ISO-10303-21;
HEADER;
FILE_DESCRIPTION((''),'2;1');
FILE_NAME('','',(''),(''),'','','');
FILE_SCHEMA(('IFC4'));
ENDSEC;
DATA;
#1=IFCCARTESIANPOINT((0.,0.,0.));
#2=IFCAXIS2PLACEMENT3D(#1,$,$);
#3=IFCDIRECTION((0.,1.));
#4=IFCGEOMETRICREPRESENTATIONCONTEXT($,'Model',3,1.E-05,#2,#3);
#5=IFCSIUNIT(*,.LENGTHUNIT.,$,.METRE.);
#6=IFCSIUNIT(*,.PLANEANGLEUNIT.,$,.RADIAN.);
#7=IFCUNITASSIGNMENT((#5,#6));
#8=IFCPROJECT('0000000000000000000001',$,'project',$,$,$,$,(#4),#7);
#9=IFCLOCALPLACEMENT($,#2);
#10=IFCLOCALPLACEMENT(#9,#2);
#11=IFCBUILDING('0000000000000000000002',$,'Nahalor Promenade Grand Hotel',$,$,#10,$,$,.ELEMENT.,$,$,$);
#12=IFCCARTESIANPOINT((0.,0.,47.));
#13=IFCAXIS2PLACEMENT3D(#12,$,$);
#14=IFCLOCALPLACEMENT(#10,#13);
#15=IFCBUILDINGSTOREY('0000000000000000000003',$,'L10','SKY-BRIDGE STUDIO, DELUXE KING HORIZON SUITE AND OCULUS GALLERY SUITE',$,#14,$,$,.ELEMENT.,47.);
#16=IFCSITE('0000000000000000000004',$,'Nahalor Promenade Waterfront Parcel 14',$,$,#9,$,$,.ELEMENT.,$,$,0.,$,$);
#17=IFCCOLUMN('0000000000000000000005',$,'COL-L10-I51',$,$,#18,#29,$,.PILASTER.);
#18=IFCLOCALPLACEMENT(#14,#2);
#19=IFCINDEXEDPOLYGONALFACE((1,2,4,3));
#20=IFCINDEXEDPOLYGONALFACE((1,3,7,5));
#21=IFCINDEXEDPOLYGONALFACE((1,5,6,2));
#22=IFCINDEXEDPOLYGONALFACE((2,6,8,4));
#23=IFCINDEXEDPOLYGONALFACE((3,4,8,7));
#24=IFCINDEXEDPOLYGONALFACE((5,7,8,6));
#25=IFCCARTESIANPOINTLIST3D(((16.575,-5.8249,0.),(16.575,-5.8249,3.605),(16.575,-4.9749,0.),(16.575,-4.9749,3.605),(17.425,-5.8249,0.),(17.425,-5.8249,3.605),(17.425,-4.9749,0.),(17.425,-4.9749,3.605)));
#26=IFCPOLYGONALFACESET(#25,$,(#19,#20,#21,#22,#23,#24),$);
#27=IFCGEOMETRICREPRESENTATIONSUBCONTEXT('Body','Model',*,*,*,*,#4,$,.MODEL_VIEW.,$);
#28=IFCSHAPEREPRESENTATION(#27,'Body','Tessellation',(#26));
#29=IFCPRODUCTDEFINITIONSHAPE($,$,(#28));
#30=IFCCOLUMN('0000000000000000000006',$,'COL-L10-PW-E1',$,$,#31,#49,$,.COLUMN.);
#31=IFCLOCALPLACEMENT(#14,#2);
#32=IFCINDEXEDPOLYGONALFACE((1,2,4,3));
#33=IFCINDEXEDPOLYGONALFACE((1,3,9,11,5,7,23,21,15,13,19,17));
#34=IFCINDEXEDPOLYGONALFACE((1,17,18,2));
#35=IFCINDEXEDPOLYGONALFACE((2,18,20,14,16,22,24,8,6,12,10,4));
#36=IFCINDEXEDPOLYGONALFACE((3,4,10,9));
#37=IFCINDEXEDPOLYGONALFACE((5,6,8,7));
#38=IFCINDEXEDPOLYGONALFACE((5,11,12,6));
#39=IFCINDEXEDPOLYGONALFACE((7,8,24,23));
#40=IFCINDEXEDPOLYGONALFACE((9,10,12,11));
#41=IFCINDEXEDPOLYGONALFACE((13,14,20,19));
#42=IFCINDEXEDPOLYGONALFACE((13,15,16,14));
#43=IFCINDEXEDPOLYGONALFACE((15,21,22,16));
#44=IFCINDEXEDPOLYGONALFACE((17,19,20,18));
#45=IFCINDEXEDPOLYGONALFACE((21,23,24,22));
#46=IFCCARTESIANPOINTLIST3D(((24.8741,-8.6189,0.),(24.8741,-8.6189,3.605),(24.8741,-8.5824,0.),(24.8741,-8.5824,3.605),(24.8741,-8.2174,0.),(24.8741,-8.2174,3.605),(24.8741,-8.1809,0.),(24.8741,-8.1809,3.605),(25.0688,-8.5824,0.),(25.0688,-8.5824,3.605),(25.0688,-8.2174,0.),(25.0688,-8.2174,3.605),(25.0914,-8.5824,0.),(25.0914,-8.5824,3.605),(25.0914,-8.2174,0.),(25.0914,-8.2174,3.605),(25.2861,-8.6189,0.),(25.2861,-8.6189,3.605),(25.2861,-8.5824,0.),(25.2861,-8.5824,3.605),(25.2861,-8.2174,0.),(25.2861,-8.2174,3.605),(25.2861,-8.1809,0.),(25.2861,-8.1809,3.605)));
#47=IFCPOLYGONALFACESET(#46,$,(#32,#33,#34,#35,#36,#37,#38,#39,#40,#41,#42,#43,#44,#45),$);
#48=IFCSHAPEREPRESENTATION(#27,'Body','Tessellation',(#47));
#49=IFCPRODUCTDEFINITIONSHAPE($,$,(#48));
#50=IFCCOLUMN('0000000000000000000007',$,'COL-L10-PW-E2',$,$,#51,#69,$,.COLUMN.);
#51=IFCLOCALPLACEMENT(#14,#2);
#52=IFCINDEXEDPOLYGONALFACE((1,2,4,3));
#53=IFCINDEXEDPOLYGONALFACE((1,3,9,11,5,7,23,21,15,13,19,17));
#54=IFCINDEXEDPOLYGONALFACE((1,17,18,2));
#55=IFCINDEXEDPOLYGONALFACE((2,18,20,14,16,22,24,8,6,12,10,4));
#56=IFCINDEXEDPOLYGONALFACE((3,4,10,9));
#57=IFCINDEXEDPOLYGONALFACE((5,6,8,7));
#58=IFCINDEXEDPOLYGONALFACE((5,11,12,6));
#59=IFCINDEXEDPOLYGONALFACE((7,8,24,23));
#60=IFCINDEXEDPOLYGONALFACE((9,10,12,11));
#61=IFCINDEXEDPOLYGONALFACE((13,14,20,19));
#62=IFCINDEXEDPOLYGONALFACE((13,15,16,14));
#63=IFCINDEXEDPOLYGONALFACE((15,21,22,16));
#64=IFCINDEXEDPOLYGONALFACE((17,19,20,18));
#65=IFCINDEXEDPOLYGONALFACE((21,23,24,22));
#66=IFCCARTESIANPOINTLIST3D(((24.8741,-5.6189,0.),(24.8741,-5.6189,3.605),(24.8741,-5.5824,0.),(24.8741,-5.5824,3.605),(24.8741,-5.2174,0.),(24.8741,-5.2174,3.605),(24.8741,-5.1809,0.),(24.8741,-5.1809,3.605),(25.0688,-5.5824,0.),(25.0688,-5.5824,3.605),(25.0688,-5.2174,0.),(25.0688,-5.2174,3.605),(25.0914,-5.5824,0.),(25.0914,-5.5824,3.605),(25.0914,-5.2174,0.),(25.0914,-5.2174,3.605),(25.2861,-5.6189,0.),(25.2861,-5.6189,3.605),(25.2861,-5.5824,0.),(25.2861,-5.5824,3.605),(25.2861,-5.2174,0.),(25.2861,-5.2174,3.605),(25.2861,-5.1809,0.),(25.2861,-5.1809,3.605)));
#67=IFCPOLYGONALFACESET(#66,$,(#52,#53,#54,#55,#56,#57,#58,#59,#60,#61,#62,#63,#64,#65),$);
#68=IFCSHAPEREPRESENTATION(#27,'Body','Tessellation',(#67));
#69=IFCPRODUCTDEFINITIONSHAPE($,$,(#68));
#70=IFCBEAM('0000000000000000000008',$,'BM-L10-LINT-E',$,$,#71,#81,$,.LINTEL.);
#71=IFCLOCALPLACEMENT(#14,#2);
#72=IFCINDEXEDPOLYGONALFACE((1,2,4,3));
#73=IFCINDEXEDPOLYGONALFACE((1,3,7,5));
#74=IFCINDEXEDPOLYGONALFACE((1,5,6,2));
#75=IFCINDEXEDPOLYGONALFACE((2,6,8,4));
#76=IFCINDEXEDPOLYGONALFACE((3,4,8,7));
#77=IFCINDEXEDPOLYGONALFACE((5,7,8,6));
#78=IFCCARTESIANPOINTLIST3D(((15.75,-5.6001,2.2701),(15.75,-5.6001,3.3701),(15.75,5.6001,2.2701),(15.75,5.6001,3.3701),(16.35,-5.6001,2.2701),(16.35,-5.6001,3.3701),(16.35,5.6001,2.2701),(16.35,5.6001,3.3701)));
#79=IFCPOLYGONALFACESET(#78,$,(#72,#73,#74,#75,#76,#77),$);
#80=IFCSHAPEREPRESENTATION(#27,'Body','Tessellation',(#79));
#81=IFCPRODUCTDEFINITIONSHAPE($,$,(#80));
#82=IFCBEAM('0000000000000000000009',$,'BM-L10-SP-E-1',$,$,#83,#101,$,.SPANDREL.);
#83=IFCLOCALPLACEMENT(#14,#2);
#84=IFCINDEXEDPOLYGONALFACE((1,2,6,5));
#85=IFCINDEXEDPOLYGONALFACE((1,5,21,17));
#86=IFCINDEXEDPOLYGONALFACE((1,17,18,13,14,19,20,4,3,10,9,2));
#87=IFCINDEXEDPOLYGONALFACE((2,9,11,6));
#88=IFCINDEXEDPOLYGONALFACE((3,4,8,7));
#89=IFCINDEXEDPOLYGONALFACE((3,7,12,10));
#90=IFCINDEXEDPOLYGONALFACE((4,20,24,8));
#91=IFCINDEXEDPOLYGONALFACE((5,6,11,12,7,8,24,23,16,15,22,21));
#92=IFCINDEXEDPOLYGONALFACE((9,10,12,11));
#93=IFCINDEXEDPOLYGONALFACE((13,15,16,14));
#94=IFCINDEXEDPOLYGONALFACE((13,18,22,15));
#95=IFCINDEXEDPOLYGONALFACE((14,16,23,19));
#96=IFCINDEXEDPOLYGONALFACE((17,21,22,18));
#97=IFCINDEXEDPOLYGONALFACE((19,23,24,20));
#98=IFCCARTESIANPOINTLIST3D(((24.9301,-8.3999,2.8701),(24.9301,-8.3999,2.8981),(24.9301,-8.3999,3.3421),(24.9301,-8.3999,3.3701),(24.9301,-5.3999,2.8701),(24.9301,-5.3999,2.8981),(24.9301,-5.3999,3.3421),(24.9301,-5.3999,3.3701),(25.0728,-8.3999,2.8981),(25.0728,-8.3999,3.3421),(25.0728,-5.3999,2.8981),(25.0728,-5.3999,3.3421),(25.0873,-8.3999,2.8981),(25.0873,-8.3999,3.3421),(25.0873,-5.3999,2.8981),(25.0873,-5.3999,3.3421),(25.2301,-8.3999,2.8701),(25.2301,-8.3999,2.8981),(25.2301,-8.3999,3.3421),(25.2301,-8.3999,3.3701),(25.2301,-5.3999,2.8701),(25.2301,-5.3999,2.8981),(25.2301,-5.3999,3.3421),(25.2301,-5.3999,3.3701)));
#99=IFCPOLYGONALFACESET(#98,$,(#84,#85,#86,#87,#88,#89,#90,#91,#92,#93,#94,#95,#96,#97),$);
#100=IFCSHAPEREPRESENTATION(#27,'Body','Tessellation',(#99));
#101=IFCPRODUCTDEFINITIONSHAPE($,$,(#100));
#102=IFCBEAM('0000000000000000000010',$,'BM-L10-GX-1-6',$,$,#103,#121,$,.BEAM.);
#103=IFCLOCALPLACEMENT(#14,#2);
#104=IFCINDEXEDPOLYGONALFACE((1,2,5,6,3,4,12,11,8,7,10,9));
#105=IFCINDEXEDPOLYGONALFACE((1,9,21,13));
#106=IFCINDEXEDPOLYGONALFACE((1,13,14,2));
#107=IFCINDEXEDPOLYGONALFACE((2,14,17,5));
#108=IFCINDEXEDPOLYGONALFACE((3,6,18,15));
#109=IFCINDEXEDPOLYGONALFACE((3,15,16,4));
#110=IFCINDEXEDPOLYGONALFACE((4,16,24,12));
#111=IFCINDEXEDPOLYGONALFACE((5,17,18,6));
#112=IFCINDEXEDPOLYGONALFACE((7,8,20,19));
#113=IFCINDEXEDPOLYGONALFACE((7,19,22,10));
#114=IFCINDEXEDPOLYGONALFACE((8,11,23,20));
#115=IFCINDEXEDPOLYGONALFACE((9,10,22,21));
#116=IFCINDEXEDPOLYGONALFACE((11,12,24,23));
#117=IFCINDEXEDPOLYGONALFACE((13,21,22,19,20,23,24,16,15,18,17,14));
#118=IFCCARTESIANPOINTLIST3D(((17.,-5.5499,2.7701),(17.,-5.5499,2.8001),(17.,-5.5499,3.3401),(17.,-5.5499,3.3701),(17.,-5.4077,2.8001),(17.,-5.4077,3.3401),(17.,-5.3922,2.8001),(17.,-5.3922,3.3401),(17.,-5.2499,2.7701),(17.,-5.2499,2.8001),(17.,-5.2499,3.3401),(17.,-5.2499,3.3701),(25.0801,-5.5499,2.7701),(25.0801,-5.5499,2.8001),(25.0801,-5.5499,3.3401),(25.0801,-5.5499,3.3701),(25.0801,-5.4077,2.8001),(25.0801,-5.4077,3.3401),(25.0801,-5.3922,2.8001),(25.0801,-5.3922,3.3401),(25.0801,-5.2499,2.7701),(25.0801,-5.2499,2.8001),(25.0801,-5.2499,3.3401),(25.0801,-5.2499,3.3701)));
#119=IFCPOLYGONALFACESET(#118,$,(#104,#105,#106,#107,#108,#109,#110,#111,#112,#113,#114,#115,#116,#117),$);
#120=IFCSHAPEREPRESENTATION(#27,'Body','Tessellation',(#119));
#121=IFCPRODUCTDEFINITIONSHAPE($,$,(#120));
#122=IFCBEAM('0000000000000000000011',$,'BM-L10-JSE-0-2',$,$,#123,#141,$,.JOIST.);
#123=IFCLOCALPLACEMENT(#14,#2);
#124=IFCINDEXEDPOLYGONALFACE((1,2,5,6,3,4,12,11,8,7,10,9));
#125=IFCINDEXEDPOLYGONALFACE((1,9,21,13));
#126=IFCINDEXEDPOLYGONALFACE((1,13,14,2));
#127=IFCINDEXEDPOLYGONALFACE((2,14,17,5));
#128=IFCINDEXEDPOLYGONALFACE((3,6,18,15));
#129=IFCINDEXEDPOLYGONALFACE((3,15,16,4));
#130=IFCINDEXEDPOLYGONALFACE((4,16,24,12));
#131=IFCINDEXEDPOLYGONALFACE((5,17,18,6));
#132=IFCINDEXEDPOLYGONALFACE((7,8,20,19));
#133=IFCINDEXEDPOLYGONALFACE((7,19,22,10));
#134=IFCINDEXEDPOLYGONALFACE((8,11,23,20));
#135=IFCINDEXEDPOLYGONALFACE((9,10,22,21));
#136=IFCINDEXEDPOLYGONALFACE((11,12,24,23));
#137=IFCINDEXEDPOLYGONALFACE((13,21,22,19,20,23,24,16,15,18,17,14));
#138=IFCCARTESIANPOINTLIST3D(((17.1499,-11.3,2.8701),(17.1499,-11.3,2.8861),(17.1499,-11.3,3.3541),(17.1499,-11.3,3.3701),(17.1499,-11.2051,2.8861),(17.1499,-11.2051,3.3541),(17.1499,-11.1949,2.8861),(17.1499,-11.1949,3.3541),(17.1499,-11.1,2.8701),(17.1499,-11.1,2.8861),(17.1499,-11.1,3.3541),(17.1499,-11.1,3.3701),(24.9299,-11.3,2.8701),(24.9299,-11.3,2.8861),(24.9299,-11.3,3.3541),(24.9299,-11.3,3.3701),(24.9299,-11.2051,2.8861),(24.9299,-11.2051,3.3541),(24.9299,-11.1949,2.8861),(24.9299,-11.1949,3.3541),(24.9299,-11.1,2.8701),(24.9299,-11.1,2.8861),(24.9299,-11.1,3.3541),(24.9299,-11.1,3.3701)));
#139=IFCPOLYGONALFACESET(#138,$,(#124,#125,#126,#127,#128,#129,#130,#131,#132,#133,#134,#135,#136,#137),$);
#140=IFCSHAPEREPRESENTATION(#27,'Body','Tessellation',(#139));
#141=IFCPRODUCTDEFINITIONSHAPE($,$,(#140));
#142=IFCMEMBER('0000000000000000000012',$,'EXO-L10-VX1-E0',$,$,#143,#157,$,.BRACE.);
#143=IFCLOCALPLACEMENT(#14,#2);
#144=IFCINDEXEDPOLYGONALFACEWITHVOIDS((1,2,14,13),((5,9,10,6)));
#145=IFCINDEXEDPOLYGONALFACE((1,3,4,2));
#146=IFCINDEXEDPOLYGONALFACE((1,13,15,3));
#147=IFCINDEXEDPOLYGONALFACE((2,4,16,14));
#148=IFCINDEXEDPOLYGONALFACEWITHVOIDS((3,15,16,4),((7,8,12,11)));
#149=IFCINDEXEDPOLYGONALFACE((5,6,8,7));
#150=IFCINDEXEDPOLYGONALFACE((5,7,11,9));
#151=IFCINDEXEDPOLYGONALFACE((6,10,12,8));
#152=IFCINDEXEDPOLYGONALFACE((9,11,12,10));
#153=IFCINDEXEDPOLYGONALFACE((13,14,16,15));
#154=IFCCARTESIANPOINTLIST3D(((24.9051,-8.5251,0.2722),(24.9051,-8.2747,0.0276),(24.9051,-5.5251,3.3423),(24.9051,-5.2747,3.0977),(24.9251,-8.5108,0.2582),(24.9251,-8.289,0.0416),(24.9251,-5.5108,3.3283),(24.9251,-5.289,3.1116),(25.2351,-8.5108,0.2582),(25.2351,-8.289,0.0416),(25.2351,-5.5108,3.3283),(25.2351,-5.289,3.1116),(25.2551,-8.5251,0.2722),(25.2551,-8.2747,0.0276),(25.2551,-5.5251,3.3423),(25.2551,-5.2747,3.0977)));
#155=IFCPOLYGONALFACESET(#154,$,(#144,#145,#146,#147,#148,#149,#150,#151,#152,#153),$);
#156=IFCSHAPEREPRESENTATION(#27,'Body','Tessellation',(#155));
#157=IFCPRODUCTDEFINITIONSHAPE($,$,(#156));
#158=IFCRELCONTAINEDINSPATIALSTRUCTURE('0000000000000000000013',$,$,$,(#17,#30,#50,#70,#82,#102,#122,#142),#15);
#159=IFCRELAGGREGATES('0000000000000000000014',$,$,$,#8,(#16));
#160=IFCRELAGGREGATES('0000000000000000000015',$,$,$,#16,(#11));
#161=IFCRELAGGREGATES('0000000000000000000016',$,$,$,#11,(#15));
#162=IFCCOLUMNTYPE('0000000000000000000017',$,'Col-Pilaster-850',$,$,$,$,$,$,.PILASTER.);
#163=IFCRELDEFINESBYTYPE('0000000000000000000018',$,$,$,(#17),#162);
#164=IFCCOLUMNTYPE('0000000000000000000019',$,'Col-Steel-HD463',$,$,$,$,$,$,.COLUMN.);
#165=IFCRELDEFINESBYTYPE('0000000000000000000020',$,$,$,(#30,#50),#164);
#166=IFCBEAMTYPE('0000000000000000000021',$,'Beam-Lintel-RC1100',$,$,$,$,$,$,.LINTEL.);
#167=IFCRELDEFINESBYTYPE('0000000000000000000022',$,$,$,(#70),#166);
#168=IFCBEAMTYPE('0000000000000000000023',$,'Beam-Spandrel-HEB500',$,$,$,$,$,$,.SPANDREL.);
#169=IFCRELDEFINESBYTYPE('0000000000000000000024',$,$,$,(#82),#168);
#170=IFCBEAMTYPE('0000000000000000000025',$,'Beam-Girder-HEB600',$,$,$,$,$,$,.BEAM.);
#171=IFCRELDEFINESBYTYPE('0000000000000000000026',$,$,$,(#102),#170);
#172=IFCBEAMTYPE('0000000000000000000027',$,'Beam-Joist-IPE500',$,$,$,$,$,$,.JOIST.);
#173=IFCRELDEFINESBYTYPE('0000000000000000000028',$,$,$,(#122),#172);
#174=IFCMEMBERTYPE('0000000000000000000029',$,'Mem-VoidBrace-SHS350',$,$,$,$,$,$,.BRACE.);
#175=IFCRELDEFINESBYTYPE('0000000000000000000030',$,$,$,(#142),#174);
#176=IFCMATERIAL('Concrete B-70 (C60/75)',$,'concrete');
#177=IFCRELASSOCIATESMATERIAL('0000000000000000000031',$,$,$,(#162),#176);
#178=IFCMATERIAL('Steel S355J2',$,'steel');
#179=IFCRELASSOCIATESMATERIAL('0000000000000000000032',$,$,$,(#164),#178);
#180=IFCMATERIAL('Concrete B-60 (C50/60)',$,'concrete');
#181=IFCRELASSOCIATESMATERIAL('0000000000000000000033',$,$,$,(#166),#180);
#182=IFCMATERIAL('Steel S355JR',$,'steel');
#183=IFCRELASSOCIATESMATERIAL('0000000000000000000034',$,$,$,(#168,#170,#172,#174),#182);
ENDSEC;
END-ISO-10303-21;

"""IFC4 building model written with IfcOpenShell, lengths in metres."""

from ifc_helpers import new_model, si_unit, direction, frame, origin, origin_2d, place, context, subcontext, project, spatial, rectangle, hollow_rectangle, i_section, extrude, source, transform, mapped, material, material_profile, profile_set, type_object, element, save


model = new_model("IFC4")

# Units and contexts
model_context = context("Model", 3, precision=1e-05, world=origin(), true_north=direction((0.0, 1.0)))
body_context = subcontext(model_context, "Body", "Model", "MODEL_VIEW")
ifc_project = project(units=[si_unit("LENGTHUNIT", "METRE"), si_unit("PLANEANGLEUNIT", "RADIAN")], contexts=[model_context])

# Site, building, storey
site_placement = place(None, origin())
site = spatial("IfcSite", under=ifc_project, at=site_placement, Name="Nahalor Promenade Waterfront Parcel 14", CompositionType="ELEMENT", RefElevation=0.0)
building_placement = place(site_placement, origin())
building = spatial("IfcBuilding", under=site, at=building_placement, Name="Nahalor Promenade Grand Hotel", CompositionType="ELEMENT")
storey_placement = place(building_placement, frame((0.0, 0.0, 47.0)))
storey = spatial("IfcBuildingStorey", under=building, at=storey_placement, Name="L10", Description="SKY-BRIDGE STUDIO, DELUXE KING HORIZON SUITE AND OCULUS GALLERY SUITE", CompositionType="ELEMENT", Elevation=47.0)

# Columns
ifc_material_1 = material(Name="Concrete B-70 (C60/75)", Category="concrete")
ifc_material_profile_1 = material_profile(ifc_material_1, rectangle(XDim=0.85, YDim=0.85, at=origin_2d()), Name="RC 850x850")
ifc_profile_set_1 = profile_set([ifc_material_profile_1], Name="Concrete B-70 (C60/75)")
column_type_1 = type_object("IfcColumnType", Name="Col-Pilaster-850", PredefinedType="PILASTER", material=ifc_profile_set_1)
shared_shape_1 = source(origin(), body_context, "Body", "SweptSolid", [
    extrude(rectangle(XDim=0.85, YDim=0.85, at=origin_2d()), origin(), (0.0, 0.0, 1.0), 3.605),
])
column_placement = place(storey_placement, frame((17.0, -5.3999, 0.0), z_axis=(0.0, 0.0, 1.0), x_axis=(1.0, 0.0, 0.0)))
element("IfcColumn", 1, at=column_placement, inside=storey, type_object=column_type_1, Name="COL-L10-I51", PredefinedType="PILASTER", context=body_context, shape_type="MappedRepresentation", body=[
    mapped(shared_shape_1, transform((0.0, 0.0, 0.0), scale=1.0)),
])
ifc_material_2 = material(Name="Steel S355J2", Category="steel")
ifc_material_profile_2 = material_profile(ifc_material_2, i_section(OverallWidth=0.412, OverallDepth=0.438, WebThickness=0.0226, FlangeThickness=0.0365, at=origin_2d()), Name="HD 400x463")
ifc_profile_set_2 = profile_set([ifc_material_profile_2], Name="Steel S355J2")
column_type_2 = type_object("IfcColumnType", Name="Col-Steel-HD463", PredefinedType="COLUMN", material=ifc_profile_set_2)
shared_shape_2 = source(origin(), body_context, "Body", "SweptSolid", [
    extrude(i_section(OverallWidth=0.412, OverallDepth=0.438, WebThickness=0.0226, FlangeThickness=0.0365, at=origin_2d()), origin(), (0.0, 0.0, 1.0), 3.605),
])
for number, where, z_axis, x_axis, name in (
    (2, (25.0801, -8.3999, 0.0), (0.0, 0.0, 1.0), (1.0, 0.0, 0.0), "COL-L10-PW-E1"),
    (3, (25.0801, -5.3999, 0.0), (0.0, 0.0, 1.0), (1.0, 0.0, 0.0), "COL-L10-PW-E2"),
):
    element("IfcColumn", number, at=place(storey_placement, frame(where, z_axis=z_axis, x_axis=x_axis)), inside=storey, type_object=column_type_2, Name=name, PredefinedType="COLUMN", context=body_context, shape_type="MappedRepresentation", body=[
        mapped(shared_shape_2, transform((0.0, 0.0, 0.0), scale=1.0)),
    ])

# Beams
ifc_material_3 = material(Name="Concrete B-60 (C50/60)", Category="concrete")
ifc_material_profile_3 = material_profile(ifc_material_3, rectangle(XDim=0.6, YDim=1.1, at=origin_2d()), Name="RC 600x1100")
ifc_profile_set_3 = profile_set([ifc_material_profile_3], Name="Concrete B-60 (C50/60)")
beam_type_1 = type_object("IfcBeamType", Name="Beam-Lintel-RC1100", PredefinedType="LINTEL", material=ifc_profile_set_3)
shared_shape_3 = source(origin(), body_context, "Body", "SweptSolid", [
    extrude(rectangle(XDim=0.6, YDim=1.1, at=origin_2d()), origin(), (0.0, 0.0, 1.0), 11.2002),
])
beam_1_placement = place(storey_placement, frame((16.05, -5.6001, 2.8201), z_axis=(0.0, 1.0, 0.0), x_axis=(-1.0, 0.0, 0.0)))
element("IfcBeam", 4, at=beam_1_placement, inside=storey, type_object=beam_type_1, Name="BM-L10-LINT-E", PredefinedType="LINTEL", context=body_context, shape_type="MappedRepresentation", body=[
    mapped(shared_shape_3, transform((0.0, 0.0, 0.0), scale=1.0)),
])
ifc_material_4 = material(Name="Steel S355JR", Category="steel")
ifc_material_profile_4 = material_profile(ifc_material_4, i_section(OverallWidth=0.3, OverallDepth=0.5, WebThickness=0.0145, FlangeThickness=0.028, at=origin_2d()), Name="HEB 500")
ifc_profile_set_4 = profile_set([ifc_material_profile_4], Name="Steel S355JR")
beam_type_2 = type_object("IfcBeamType", Name="Beam-Spandrel-HEB500", PredefinedType="SPANDREL", material=ifc_profile_set_4)
shared_shape_4 = source(origin(), body_context, "Body", "SweptSolid", [
    extrude(i_section(OverallWidth=0.3, OverallDepth=0.5, WebThickness=0.0145, FlangeThickness=0.028, at=origin_2d()), origin(), (0.0, 0.0, 1.0), 3.0),
])
beam_2_placement = place(storey_placement, frame((25.0801, -8.3999, 3.1201), z_axis=(0.0, 1.0, 0.0), x_axis=(-1.0, 0.0, 0.0)))
element("IfcBeam", 5, at=beam_2_placement, inside=storey, type_object=beam_type_2, Name="BM-L10-SP-E-1", PredefinedType="SPANDREL", context=body_context, shape_type="MappedRepresentation", body=[
    mapped(shared_shape_4, transform((0.0, 0.0, 0.0), scale=1.0)),
])
ifc_material_profile_5 = material_profile(ifc_material_4, i_section(OverallWidth=0.3, OverallDepth=0.6, WebThickness=0.0155, FlangeThickness=0.03, at=origin_2d()), Name="HEB 600")
ifc_profile_set_5 = profile_set([ifc_material_profile_5], Name="Steel S355JR")
beam_type_3 = type_object("IfcBeamType", Name="Beam-Girder-HEB600", PredefinedType="BEAM", material=ifc_profile_set_5)
shared_shape_5 = source(origin(), body_context, "Body", "SweptSolid", [
    extrude(i_section(OverallWidth=0.3, OverallDepth=0.6, WebThickness=0.0155, FlangeThickness=0.03, at=origin_2d()), origin(), (0.0, 0.0, 1.0), 8.0801),
])
beam_3_placement = place(storey_placement, frame((17.0, -5.3999, 3.0701), z_axis=(1.0, 0.0, 0.0), x_axis=(0.0, 1.0, 0.0)))
element("IfcBeam", 6, at=beam_3_placement, inside=storey, type_object=beam_type_3, Name="BM-L10-GX-1-6", PredefinedType="BEAM", context=body_context, shape_type="MappedRepresentation", body=[
    mapped(shared_shape_5, transform((0.0, 0.0, 0.0), scale=1.0)),
])
ifc_material_profile_6 = material_profile(ifc_material_4, i_section(OverallWidth=0.2, OverallDepth=0.5, WebThickness=0.0102, FlangeThickness=0.016, at=origin_2d()), Name="IPE 500")
ifc_profile_set_6 = profile_set([ifc_material_profile_6], Name="Steel S355JR")
beam_type_4 = type_object("IfcBeamType", Name="Beam-Joist-IPE500", PredefinedType="JOIST", material=ifc_profile_set_6)
shared_shape_6 = source(origin(), body_context, "Body", "SweptSolid", [
    extrude(i_section(OverallWidth=0.2, OverallDepth=0.5, WebThickness=0.0102, FlangeThickness=0.016, at=origin_2d()), origin(), (0.0, 0.0, 1.0), 7.78),
])
beam_4_placement = place(storey_placement, frame((17.1499, -11.2, 3.1201), z_axis=(1.0, 0.0, 0.0), x_axis=(0.0, 1.0, 0.0)))
element("IfcBeam", 7, at=beam_4_placement, inside=storey, type_object=beam_type_4, Name="BM-L10-JSE-0-2", PredefinedType="JOIST", context=body_context, shape_type="MappedRepresentation", body=[
    mapped(shared_shape_6, transform((0.0, 0.0, 0.0), scale=1.0)),
])

# Member
ifc_material_profile_7 = material_profile(ifc_material_4, hollow_rectangle(XDim=0.35, YDim=0.35, WallThickness=0.02, at=origin_2d()), Name="SHS 350x350x20")
ifc_profile_set_7 = profile_set([ifc_material_profile_7], Name="Steel S355JR")
member_type_1 = type_object("IfcMemberType", Name="Mem-VoidBrace-SHS350", PredefinedType="BRACE", material=ifc_profile_set_7)
shared_shape_7 = source(origin(), body_context, "Body", "SweptSolid", [
    extrude(hollow_rectangle(XDim=0.35, YDim=0.35, WallThickness=0.02, at=origin_2d()), origin(), (0.0, 0.0, 1.0), 4.2925),
])
member_1_placement = place(storey_placement, frame((25.0801, -8.3999, 0.1499), z_axis=(0.0, 0.698898, 0.715221), x_axis=(-1.0, 0.0, 0.0)))
element("IfcMember", 8, at=member_1_placement, inside=storey, type_object=member_type_1, Name="EXO-L10-VX1-E0", PredefinedType="BRACE", context=body_context, shape_type="MappedRepresentation", body=[
    mapped(shared_shape_7, transform((0.0, 0.0, 0.0), scale=1.0)),
])

save(model, "model.ifc")
